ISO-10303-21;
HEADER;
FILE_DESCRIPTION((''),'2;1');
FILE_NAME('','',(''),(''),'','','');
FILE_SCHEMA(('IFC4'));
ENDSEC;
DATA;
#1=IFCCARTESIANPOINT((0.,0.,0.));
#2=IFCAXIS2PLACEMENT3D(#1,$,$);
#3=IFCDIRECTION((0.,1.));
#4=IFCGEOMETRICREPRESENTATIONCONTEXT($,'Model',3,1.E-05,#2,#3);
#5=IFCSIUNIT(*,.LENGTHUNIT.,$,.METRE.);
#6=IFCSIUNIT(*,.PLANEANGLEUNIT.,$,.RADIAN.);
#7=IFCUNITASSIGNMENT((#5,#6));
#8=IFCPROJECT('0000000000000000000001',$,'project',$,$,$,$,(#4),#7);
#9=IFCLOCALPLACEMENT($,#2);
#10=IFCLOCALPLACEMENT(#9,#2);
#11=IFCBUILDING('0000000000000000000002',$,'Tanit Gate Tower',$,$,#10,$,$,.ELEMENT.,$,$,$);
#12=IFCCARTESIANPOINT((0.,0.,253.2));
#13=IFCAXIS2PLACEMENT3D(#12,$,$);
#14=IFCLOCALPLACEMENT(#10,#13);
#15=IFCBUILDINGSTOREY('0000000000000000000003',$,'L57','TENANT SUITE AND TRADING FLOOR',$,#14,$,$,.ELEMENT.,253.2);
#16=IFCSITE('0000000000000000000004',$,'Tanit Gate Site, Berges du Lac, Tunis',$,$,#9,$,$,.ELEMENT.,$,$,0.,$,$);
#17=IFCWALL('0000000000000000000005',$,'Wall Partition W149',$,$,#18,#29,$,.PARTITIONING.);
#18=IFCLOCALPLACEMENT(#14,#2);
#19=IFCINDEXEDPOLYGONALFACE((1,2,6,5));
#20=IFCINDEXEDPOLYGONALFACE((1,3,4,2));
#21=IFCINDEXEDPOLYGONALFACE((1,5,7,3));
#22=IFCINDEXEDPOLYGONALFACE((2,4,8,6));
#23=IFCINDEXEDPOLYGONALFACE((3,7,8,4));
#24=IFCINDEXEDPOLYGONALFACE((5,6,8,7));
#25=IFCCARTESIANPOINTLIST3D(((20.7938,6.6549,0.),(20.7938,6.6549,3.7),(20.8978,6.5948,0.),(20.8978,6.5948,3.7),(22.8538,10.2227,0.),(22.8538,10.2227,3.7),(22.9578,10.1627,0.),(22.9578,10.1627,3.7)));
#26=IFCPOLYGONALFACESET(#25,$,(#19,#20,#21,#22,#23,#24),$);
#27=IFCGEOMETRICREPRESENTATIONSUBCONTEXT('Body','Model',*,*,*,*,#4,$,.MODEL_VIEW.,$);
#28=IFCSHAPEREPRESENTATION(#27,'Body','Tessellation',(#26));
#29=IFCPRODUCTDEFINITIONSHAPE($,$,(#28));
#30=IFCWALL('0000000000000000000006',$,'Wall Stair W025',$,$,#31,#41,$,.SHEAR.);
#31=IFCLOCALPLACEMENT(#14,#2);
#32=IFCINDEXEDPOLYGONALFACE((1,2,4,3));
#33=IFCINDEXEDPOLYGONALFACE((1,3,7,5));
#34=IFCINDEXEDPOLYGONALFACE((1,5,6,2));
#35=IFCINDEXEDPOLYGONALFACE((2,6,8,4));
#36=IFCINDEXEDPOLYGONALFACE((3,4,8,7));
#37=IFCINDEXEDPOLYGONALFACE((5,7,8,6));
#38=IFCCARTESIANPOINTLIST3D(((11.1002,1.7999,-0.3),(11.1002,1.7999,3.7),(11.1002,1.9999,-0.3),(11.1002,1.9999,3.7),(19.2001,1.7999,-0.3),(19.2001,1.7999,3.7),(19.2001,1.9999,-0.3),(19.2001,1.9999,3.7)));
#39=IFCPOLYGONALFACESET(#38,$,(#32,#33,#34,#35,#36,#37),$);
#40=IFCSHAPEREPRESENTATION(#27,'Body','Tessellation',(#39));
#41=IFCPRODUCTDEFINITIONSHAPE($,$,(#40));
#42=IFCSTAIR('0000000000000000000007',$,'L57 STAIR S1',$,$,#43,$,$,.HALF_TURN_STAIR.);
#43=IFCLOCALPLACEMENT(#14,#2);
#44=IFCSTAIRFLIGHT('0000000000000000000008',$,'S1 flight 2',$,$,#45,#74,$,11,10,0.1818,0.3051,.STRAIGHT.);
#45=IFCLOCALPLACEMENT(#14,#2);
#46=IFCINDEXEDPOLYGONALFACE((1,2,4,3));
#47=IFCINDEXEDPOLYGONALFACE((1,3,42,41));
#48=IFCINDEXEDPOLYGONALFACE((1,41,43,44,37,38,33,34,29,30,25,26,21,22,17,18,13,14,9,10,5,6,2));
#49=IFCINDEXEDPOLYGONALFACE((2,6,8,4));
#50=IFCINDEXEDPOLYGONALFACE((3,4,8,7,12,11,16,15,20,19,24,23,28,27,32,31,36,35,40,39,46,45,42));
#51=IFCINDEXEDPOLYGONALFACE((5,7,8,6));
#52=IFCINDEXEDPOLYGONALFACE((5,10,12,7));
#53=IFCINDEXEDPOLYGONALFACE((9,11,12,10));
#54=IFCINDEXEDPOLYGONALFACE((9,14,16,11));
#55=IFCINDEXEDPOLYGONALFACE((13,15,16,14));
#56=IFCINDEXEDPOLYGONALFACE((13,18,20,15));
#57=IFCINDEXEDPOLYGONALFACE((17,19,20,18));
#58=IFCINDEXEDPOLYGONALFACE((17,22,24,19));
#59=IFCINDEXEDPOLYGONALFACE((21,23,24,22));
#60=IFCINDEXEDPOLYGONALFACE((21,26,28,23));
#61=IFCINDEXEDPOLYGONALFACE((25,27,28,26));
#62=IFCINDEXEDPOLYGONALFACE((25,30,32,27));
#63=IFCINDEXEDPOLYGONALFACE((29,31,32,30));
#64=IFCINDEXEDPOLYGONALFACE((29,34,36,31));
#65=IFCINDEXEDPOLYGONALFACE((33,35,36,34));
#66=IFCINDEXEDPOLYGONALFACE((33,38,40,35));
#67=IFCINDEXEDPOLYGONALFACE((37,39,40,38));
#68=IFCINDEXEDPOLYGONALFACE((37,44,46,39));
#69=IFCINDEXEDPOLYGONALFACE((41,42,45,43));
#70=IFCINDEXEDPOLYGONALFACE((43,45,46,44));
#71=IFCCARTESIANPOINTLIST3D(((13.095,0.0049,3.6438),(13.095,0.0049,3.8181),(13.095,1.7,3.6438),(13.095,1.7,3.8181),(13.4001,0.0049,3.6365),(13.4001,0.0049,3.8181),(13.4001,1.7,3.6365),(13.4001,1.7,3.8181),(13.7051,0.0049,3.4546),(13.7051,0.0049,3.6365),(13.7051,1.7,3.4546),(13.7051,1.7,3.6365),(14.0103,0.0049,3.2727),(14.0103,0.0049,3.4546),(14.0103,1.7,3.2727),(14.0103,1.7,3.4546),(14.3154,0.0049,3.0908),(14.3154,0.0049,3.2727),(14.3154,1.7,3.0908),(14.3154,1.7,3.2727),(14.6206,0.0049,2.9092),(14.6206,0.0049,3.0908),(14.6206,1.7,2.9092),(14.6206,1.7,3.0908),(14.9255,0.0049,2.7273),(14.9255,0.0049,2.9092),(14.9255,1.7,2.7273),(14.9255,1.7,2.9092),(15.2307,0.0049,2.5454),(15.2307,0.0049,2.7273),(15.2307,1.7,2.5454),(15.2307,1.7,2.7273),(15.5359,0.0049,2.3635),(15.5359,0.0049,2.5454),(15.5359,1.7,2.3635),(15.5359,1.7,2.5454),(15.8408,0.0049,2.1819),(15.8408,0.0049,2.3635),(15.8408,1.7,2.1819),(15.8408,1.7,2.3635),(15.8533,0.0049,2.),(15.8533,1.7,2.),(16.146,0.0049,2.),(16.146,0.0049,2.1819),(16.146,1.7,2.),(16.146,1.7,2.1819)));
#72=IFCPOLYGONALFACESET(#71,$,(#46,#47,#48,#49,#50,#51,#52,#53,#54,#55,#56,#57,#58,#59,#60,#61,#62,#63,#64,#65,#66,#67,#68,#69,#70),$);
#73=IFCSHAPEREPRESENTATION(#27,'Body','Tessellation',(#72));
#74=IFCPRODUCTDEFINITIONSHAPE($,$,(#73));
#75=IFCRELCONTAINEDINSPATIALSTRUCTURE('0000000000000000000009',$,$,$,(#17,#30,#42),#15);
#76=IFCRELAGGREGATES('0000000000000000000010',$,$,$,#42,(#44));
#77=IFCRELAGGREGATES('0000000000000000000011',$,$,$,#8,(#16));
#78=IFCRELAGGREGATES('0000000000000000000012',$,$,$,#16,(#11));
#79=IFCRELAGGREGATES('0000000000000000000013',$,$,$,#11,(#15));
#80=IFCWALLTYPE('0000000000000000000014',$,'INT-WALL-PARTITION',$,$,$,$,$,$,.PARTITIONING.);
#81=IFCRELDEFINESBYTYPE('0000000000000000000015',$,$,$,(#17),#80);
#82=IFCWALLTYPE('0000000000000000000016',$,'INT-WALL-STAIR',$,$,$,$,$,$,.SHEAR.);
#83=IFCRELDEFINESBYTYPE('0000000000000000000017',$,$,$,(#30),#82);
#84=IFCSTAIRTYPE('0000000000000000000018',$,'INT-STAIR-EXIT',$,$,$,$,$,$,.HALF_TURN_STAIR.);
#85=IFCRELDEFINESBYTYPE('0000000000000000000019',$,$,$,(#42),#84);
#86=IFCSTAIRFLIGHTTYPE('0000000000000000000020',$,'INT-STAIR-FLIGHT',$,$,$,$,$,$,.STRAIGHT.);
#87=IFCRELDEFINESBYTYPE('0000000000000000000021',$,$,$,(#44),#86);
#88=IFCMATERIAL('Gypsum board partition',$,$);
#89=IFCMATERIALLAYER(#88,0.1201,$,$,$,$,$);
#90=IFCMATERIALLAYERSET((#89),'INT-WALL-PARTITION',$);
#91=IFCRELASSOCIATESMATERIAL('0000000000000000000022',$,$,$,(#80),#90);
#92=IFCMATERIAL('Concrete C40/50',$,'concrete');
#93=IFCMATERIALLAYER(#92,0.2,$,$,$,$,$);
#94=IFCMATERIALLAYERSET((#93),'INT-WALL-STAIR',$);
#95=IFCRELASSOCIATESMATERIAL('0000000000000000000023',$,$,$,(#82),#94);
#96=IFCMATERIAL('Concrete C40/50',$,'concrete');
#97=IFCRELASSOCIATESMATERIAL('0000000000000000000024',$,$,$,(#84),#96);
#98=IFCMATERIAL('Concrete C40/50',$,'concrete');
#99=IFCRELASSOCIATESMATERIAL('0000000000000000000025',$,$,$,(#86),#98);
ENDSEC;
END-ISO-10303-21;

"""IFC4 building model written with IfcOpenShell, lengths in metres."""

from ifc_helpers import new_model, si_unit, direction, frame, frame_2d, origin, place, context, subcontext, project, spatial, polyline, rectangle, outline, extrude, material, layer, layer_set, type_object, element, aggregate, save


model = new_model("IFC4")

# Units and contexts
model_context = context("Model", 3, precision=1e-05, world=origin(), true_north=direction((0.0, 1.0)))
body_context = subcontext(model_context, "Body", "Model", "MODEL_VIEW")
ifc_project = project(units=[si_unit("LENGTHUNIT", "METRE"), si_unit("PLANEANGLEUNIT", "RADIAN")], contexts=[model_context])

# Site, building, storey
site_placement = place(None, origin())
site = spatial("IfcSite", under=ifc_project, at=site_placement, Name="Tanit Gate Site, Berges du Lac, Tunis", CompositionType="ELEMENT", RefElevation=0.0)
building_placement = place(site_placement, origin())
building = spatial("IfcBuilding", under=site, at=building_placement, Name="Tanit Gate Tower", CompositionType="ELEMENT")
storey_placement = place(building_placement, frame((0.0, 0.0, 253.2)))
storey = spatial("IfcBuildingStorey", under=building, at=storey_placement, Name="L57", Description="TENANT SUITE AND TRADING FLOOR", CompositionType="ELEMENT", Elevation=253.2)

# Shared definitions
ifc_material_1 = material(Name="Gypsum board partition")
ifc_layer_1 = layer(ifc_material_1, 0.1201)
ifc_layer_set_1 = layer_set([ifc_layer_1], Name="INT-WALL-PARTITION")
wall_type_1 = type_object("IfcWallType", Name="INT-WALL-PARTITION", PredefinedType="PARTITIONING", material=ifc_layer_set_1)

# Walls
wall_1_placement = place(storey_placement, frame((20.8457, 6.6248, 0.0), z_axis=(0.0, 0.0, 1.0), x_axis=(0.500027, 0.86601, 0.0)))
element("IfcWall", 1, at=wall_1_placement, inside=storey, type_object=wall_type_1, Name="Wall Partition W149", PredefinedType="PARTITIONING", context=body_context, shape_type="SweptSolid", body=[
    extrude(rectangle(XDim=4.1199, YDim=0.1201, at=frame_2d((2.0601, 0.0))), origin(), (0.0, 0.0, 1.0), 3.7),
])
ifc_material_2 = material(Name="Concrete C40/50", Category="concrete")
ifc_layer_2 = layer(ifc_material_2, 0.2)
ifc_layer_set_2 = layer_set([ifc_layer_2], Name="INT-WALL-STAIR")
wall_type_2 = type_object("IfcWallType", Name="INT-WALL-STAIR", PredefinedType="SHEAR", material=ifc_layer_set_2)
wall_2_placement = place(storey_placement, frame((19.2, 1.8999, -0.3), z_axis=(0.0, 0.0, 1.0), x_axis=(-1.0, 0.0, 0.0)))
element("IfcWall", 2, at=wall_2_placement, inside=storey, type_object=wall_type_2, Name="Wall Stair W025", PredefinedType="SHEAR", context=body_context, shape_type="SweptSolid", body=[
    extrude(rectangle(XDim=8.0999, YDim=0.2, at=frame_2d((4.0498, 0.0))), origin(), (0.0, 0.0, 1.0), 4.0),
])

# Stair, stair flight
ifc_material_3 = material(Name="Concrete C40/50", Category="concrete")
stair_type = type_object("IfcStairType", Name="INT-STAIR-EXIT", PredefinedType="HALF_TURN_STAIR", material=ifc_material_3)
stair_placement = place(storey_placement, origin())
stair = element("IfcStair", 3, at=stair_placement, inside=storey, type_object=stair_type, Name="L57 STAIR S1", PredefinedType="HALF_TURN_STAIR")
ifc_material_4 = material(Name="Concrete C40/50", Category="concrete")
stair_flight_type = type_object("IfcStairFlightType", Name="INT-STAIR-FLIGHT", PredefinedType="STRAIGHT", material=ifc_material_4)
stair_flight_placement = place(storey_placement, frame((16.146, 0.8525, 2.0), z_axis=(0.0, 0.0, 1.0), x_axis=(-1.0, 0.0, 0.0)))
stair_flight = element("IfcStairFlight", 4, at=stair_flight_placement, type_object=stair_flight_type, Name="S1 flight 2", NumberOfRisers=11, NumberOfTreads=10, PredefinedType="STRAIGHT", RiserHeight=0.1818, TreadLength=0.3051, context=body_context, shape_type="SweptSolid", body=[
    extrude(outline(polyline([(0.0, 0.0), (0.0, 0.1819), (0.3052, 0.1819), (0.3052, 0.3635), (0.6101, 0.3635), (0.6101, 0.5454), (0.9153, 0.5454), (0.9153, 0.7273), (1.2205, 0.7273), (1.2205, 0.9092), (1.5254, 0.9092), (1.5254, 1.0908), (1.8306, 1.0908), (1.8306, 1.2727), (2.1357, 1.2727), (2.1357, 1.4546), (2.4409, 1.4546), (2.4409, 1.6365), (2.7458, 1.6365), (2.7458, 1.8181), (3.051, 1.8181), (3.051, 2.0), (3.051, 1.6438), (0.2927, 0.0), (0.0, 0.0)])), frame((0.0, 0.8477, 0.0), z_axis=(0.0, -1.0, 0.0), x_axis=(1.0, 0.0, 0.0)), (0.0, 0.0, 1.0), 1.6951),
])
aggregate(stair, [stair_flight])

save(model, "model.ifc")
